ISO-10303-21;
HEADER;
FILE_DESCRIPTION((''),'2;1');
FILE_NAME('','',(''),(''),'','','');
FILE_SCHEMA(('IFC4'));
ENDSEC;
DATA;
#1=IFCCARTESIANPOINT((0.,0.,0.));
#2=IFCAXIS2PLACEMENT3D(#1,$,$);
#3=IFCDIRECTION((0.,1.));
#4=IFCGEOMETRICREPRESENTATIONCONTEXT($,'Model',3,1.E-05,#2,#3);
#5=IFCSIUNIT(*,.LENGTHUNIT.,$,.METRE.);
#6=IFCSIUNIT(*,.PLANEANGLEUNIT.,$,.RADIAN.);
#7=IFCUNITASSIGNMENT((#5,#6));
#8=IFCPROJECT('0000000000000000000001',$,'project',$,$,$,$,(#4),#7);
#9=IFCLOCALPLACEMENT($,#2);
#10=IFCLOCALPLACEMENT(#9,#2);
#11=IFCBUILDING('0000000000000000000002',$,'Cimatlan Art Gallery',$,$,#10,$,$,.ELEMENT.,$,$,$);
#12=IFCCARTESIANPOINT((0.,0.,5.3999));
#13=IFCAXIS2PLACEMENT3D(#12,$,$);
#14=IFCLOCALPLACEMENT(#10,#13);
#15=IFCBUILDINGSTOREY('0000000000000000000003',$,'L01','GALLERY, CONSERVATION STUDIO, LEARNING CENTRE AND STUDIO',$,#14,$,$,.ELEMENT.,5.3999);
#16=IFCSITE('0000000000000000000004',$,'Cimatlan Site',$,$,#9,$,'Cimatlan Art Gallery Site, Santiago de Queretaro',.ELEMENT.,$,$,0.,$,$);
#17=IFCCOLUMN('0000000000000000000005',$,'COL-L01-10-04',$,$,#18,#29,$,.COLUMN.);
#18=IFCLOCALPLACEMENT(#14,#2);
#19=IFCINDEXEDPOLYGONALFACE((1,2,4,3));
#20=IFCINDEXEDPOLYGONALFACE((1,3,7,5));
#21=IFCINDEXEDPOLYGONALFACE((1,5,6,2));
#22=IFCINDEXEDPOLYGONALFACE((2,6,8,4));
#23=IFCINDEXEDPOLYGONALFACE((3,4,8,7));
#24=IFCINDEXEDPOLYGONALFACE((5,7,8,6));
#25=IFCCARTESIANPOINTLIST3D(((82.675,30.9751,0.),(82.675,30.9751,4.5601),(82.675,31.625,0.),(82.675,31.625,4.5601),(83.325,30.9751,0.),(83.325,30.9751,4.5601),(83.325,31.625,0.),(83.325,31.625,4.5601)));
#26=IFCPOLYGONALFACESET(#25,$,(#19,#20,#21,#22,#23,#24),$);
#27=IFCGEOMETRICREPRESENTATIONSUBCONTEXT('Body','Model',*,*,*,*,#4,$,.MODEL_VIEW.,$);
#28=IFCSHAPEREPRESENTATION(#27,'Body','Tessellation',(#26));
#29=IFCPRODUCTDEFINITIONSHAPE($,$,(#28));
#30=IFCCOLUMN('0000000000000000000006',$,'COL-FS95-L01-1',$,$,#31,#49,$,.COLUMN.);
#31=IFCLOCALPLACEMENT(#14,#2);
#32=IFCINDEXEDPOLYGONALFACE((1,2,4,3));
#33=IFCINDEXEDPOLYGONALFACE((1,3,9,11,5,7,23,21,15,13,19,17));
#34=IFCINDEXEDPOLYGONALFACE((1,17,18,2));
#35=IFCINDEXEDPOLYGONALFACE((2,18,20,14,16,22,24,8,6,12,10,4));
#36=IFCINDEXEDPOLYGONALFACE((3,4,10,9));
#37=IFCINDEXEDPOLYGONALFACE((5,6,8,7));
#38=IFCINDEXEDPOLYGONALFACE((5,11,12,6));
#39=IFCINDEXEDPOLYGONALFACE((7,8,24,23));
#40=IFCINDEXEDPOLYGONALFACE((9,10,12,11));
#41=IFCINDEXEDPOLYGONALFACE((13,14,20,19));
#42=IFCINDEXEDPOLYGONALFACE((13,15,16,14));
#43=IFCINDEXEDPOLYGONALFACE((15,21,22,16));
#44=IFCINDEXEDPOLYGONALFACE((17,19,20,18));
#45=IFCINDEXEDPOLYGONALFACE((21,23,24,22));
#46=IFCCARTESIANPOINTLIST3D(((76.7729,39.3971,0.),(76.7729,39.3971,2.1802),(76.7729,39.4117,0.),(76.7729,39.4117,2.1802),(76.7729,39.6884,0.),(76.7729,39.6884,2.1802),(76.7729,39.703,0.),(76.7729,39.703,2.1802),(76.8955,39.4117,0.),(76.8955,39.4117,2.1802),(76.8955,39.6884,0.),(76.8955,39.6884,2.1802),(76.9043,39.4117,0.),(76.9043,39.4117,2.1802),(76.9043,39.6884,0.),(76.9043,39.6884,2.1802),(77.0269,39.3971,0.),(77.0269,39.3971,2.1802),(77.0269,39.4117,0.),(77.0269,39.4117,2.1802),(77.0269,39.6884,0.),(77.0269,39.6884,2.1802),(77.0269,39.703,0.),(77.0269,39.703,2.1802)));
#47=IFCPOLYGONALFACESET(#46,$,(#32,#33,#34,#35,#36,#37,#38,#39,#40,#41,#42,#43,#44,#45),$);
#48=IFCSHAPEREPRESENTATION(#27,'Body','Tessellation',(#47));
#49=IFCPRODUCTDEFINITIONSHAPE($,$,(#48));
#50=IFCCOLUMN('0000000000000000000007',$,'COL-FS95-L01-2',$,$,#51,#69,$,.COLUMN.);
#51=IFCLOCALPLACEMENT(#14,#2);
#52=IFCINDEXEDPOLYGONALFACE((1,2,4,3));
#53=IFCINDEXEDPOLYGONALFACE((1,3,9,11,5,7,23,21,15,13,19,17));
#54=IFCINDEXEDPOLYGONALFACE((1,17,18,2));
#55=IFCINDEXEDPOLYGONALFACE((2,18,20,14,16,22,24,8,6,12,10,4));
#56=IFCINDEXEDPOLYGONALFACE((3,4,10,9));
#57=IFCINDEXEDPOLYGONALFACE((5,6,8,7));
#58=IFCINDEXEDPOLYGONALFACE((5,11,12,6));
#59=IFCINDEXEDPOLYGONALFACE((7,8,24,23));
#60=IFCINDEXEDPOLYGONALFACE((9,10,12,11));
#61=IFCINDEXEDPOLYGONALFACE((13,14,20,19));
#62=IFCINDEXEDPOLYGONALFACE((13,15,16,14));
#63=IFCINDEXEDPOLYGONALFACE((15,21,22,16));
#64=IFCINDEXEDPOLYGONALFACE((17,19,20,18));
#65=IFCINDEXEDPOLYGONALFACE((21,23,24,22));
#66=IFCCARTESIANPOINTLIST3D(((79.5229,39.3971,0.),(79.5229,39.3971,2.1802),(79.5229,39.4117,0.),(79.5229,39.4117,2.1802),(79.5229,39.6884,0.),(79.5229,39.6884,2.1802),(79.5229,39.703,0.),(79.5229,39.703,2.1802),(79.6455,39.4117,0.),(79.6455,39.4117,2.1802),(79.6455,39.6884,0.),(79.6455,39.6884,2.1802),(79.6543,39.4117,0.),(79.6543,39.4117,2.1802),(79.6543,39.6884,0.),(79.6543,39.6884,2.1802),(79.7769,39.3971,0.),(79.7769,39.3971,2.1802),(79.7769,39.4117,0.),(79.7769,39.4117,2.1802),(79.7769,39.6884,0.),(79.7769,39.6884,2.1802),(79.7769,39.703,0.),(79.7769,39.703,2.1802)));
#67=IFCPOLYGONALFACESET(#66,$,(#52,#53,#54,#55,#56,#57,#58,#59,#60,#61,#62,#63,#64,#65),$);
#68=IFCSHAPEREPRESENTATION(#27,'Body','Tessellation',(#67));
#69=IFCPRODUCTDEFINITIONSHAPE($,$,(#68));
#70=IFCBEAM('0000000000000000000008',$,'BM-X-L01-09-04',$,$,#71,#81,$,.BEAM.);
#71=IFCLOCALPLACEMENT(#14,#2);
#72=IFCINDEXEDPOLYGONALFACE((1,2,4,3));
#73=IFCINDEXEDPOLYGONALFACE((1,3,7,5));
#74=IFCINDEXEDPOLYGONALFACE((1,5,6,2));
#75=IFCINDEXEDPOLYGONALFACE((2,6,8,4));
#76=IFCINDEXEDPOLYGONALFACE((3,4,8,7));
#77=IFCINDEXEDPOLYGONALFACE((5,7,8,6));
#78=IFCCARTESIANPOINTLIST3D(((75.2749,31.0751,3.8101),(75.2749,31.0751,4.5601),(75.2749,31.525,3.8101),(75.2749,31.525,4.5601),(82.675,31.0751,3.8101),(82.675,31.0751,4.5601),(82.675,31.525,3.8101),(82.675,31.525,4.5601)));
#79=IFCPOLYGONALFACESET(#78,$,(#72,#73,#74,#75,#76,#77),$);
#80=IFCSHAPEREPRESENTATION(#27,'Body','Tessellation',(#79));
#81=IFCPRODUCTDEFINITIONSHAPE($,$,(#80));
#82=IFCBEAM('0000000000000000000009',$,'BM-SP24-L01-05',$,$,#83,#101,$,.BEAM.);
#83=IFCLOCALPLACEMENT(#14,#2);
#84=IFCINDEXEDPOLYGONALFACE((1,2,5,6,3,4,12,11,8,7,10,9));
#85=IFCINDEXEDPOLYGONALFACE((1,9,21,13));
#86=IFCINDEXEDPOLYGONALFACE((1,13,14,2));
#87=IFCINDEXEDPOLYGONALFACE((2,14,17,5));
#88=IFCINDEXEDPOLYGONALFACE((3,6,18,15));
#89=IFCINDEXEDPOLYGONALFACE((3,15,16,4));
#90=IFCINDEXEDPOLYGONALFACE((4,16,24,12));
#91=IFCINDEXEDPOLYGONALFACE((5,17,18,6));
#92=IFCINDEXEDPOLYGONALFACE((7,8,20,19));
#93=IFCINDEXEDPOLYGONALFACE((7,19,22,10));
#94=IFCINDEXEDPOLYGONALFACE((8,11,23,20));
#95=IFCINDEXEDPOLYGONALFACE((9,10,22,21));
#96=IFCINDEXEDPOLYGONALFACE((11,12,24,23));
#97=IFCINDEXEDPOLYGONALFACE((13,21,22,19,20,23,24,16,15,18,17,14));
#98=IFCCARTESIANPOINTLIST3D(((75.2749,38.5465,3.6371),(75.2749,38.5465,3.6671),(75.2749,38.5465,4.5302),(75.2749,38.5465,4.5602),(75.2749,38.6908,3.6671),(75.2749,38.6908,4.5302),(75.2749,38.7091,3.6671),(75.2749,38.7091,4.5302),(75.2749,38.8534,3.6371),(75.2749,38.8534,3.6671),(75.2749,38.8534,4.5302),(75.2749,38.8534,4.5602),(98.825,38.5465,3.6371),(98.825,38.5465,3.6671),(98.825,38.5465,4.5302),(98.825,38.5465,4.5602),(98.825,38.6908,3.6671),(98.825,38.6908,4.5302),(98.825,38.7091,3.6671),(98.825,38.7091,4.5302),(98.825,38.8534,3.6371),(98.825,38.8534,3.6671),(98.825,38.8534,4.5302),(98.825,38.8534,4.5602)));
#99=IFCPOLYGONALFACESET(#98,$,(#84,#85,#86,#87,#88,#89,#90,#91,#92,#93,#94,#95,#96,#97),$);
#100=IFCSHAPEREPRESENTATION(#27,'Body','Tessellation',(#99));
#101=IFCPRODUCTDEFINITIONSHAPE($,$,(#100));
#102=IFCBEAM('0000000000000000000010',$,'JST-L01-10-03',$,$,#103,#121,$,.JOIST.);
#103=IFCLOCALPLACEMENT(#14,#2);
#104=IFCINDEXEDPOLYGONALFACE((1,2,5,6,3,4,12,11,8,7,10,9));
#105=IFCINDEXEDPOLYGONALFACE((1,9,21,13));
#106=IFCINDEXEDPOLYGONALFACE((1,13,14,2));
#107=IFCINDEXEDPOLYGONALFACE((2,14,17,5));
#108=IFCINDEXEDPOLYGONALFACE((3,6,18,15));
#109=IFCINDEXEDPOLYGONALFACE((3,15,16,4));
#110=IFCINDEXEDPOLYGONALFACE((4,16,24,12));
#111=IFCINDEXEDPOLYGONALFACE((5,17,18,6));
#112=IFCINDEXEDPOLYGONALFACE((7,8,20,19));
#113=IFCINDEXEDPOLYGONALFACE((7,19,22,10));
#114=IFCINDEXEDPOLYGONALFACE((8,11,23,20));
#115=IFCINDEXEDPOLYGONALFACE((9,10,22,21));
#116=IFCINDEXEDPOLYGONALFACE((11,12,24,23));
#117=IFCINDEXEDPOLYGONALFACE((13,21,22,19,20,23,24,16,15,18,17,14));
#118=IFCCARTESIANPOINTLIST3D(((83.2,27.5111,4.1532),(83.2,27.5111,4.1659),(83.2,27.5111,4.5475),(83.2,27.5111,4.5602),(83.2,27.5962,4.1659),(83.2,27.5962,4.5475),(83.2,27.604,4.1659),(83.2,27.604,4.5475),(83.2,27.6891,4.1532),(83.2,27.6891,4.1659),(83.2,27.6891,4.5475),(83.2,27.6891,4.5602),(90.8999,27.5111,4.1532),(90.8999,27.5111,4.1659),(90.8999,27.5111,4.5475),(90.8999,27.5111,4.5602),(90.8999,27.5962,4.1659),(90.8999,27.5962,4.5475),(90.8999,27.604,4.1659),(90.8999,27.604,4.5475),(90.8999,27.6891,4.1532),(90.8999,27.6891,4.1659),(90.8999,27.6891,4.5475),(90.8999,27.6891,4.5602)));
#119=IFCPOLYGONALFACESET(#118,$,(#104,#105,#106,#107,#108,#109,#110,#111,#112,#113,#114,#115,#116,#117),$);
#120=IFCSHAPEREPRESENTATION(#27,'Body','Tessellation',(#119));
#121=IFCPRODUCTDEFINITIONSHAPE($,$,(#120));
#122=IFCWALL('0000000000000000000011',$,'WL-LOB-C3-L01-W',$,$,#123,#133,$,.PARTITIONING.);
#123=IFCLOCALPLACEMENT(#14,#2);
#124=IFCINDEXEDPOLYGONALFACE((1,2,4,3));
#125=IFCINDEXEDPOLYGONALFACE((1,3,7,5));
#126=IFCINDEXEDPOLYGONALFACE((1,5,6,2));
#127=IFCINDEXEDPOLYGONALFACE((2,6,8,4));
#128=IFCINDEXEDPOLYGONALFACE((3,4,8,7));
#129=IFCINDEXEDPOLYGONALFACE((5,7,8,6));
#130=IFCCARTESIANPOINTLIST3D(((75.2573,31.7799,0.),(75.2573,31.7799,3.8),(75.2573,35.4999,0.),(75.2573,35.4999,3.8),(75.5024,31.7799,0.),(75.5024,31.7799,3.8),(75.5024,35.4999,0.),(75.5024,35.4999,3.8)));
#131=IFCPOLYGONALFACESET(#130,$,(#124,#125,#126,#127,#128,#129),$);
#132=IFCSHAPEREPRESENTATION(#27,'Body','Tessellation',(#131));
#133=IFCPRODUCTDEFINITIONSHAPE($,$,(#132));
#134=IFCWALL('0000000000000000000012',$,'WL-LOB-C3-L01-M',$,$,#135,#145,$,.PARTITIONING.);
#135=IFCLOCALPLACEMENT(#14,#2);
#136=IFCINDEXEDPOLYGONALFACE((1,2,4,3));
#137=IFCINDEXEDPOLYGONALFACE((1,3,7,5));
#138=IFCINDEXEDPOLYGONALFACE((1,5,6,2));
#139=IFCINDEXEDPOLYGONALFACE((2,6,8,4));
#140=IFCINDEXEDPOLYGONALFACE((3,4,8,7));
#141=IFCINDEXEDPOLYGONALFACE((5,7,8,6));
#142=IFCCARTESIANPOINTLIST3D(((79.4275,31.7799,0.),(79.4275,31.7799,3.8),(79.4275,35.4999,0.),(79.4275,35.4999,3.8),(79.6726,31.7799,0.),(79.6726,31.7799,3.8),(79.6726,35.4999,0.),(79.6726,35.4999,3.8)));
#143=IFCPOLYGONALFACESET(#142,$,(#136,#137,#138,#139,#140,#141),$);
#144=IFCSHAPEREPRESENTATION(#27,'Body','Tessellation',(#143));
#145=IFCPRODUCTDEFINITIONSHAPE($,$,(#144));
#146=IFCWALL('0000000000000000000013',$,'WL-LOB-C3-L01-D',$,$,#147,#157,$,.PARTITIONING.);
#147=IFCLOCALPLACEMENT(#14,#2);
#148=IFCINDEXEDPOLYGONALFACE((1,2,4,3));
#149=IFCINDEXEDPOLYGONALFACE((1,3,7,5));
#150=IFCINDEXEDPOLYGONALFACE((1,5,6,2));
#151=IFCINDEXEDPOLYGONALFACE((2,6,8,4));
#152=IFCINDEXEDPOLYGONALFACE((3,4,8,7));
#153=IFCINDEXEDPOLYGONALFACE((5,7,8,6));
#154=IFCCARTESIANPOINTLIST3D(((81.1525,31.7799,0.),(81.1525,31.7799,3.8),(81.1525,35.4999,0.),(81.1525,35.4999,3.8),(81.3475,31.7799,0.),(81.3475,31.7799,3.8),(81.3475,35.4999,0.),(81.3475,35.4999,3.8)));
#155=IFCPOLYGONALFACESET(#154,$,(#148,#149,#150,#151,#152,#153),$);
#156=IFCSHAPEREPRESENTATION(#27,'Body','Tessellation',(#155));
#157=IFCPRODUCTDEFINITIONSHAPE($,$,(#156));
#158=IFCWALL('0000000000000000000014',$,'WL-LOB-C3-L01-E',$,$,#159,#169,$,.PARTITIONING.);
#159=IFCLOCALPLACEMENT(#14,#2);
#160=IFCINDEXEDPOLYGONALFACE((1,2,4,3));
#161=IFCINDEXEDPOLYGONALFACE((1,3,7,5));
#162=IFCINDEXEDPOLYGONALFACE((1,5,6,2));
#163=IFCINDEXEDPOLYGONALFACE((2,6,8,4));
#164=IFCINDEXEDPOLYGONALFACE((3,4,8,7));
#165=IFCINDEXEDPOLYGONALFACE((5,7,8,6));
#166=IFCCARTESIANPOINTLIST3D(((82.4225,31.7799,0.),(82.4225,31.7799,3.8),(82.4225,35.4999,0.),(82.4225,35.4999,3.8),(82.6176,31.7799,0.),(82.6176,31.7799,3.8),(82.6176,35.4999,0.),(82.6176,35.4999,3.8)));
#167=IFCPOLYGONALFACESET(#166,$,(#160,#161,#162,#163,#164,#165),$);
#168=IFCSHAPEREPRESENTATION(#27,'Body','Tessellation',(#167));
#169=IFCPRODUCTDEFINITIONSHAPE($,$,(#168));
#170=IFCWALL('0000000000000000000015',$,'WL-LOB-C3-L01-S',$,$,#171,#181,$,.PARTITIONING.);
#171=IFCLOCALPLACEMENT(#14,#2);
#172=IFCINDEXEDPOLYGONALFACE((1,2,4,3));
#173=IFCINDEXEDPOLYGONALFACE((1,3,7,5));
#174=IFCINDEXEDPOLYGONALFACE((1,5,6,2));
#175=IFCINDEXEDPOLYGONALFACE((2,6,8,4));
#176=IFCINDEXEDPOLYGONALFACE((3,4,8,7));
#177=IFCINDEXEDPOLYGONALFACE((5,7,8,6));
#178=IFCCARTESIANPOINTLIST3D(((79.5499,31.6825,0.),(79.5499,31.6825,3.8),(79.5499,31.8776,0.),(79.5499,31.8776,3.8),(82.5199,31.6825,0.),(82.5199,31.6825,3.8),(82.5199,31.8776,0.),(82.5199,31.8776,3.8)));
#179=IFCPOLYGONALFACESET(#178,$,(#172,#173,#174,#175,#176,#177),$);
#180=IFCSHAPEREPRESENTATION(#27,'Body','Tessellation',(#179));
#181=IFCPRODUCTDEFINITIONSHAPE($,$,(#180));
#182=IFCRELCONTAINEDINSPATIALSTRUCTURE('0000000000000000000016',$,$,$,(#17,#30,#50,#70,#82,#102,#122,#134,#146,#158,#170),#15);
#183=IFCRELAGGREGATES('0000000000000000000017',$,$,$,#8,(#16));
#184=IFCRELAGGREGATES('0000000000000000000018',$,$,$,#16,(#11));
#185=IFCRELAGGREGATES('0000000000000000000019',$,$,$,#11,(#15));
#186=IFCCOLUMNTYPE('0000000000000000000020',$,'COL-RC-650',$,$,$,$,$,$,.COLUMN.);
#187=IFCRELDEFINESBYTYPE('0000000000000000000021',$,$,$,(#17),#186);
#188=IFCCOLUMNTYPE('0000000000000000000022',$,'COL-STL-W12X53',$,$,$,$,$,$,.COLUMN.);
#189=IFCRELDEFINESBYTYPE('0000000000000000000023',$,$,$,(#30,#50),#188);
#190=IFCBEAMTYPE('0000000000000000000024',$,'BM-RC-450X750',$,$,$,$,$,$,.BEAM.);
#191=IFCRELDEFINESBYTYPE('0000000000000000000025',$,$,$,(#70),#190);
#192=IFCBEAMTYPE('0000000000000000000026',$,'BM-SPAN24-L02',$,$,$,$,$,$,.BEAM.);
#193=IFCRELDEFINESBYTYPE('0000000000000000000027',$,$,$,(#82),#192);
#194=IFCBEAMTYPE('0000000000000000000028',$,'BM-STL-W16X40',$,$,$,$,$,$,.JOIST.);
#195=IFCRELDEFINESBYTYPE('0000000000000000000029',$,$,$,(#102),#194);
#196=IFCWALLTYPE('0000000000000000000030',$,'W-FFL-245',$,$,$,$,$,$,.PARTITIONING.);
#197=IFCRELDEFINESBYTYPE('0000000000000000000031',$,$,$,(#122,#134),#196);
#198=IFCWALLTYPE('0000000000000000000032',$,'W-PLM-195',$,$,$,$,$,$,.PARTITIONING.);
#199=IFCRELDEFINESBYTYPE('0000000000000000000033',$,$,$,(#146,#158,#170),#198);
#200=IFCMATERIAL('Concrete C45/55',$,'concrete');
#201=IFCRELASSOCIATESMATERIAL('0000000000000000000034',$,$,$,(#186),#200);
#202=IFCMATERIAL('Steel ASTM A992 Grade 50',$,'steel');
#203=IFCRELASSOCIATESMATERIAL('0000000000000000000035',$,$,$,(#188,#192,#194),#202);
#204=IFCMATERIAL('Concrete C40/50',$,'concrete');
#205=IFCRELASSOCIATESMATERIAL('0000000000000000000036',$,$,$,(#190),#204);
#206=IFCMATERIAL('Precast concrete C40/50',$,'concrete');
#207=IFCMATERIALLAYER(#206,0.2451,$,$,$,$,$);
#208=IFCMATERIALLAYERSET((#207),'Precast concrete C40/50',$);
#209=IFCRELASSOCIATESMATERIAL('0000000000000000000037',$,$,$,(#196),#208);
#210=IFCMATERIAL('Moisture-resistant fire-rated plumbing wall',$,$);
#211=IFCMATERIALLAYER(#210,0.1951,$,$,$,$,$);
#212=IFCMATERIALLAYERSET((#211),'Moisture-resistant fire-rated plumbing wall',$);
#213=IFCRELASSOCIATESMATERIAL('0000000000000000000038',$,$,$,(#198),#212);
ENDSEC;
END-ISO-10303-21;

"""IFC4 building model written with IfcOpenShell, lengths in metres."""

from ifc_helpers import new_model, si_unit, direction, frame, frame_2d, origin, origin_2d, place, context, subcontext, project, spatial, rectangle, i_section, extrude, material, layer, layer_set, material_profile, profile_set, type_object, element, save


model = new_model("IFC4")

# Units and contexts
model_context = context("Model", 3, precision=1e-05, world=origin(), true_north=direction((0.0, 1.0)))
body_context = subcontext(model_context, "Body", "Model", "MODEL_VIEW")
ifc_project = project(units=[si_unit("LENGTHUNIT", "METRE"), si_unit("PLANEANGLEUNIT", "RADIAN")], contexts=[model_context])

# Site, building, storey
site_placement = place(None, origin())
site = spatial("IfcSite", under=ifc_project, at=site_placement, Name="Cimatlan Site", LongName="Cimatlan Art Gallery Site, Santiago de Queretaro", CompositionType="ELEMENT", RefElevation=0.0)
building_placement = place(site_placement, origin())
building = spatial("IfcBuilding", under=site, at=building_placement, Name="Cimatlan Art Gallery", CompositionType="ELEMENT")
storey_placement = place(building_placement, frame((0.0, 0.0, 5.3999)))
storey = spatial("IfcBuildingStorey", under=building, at=storey_placement, Name="L01", Description="GALLERY, CONSERVATION STUDIO, LEARNING CENTRE AND STUDIO", CompositionType="ELEMENT", Elevation=5.3999)

# Columns
ifc_material_1 = material(Name="Concrete C45/55", Category="concrete")
ifc_material_profile_1 = material_profile(ifc_material_1, rectangle(XDim=0.6499, YDim=0.6499, at=origin_2d()), Name="RC650X650")
ifc_profile_set_1 = profile_set([ifc_material_profile_1], Name="Concrete C45/55")
column_type_1 = type_object("IfcColumnType", Name="COL-RC-650", PredefinedType="COLUMN", material=ifc_profile_set_1)
column_placement = place(storey_placement, frame((83.0, 31.3, 0.0), z_axis=(0.0, 0.0, 1.0), x_axis=(1.0, 0.0, 0.0)))
element("IfcColumn", 1, at=column_placement, inside=storey, type_object=column_type_1, Name="COL-L01-10-04", PredefinedType="COLUMN", context=body_context, shape_type="SweptSolid", body=[
    extrude(rectangle(XDim=0.6499, YDim=0.6499, at=origin_2d()), origin(), (0.0, 0.0, 1.0), 4.5601),
])
ifc_material_2 = material(Name="Steel ASTM A992 Grade 50", Category="steel")
ifc_material_profile_2 = material_profile(ifc_material_2, i_section(OverallWidth=0.2539, OverallDepth=0.3059, WebThickness=0.0088, FlangeThickness=0.0146, at=origin_2d()), Name="W12X53")
ifc_profile_set_2 = profile_set([ifc_material_profile_2], Name="Steel ASTM A992 Grade 50")
column_type_2 = type_object("IfcColumnType", Name="COL-STL-W12X53", PredefinedType="COLUMN", material=ifc_profile_set_2)
for number, where, z_axis, x_axis, name in (
    (2, (76.8999, 39.55, 0.0), (0.0, 0.0, 1.0), (1.0, 0.0, 0.0), "COL-FS95-L01-1"),
    (3, (79.6499, 39.55, 0.0), (0.0, 0.0, 1.0), (1.0, 0.0, 0.0), "COL-FS95-L01-2"),
):
    element("IfcColumn", number, at=place(storey_placement, frame(where, z_axis=z_axis, x_axis=x_axis)), inside=storey, type_object=column_type_2, Name=name, PredefinedType="COLUMN", context=body_context, shape_type="SweptSolid", body=[
        extrude(i_section(OverallWidth=0.2539, OverallDepth=0.3059, WebThickness=0.0088, FlangeThickness=0.0146, at=origin_2d()), origin(), (0.0, 0.0, 1.0), 2.1802),
    ])

# Beams
ifc_material_3 = material(Name="Concrete C40/50", Category="concrete")
ifc_material_profile_3 = material_profile(ifc_material_3, rectangle(XDim=0.45, YDim=0.75, at=origin_2d()), Name="RC450X750")
ifc_profile_set_3 = profile_set([ifc_material_profile_3], Name="Concrete C40/50")
beam_type_1 = type_object("IfcBeamType", Name="BM-RC-450X750", PredefinedType="BEAM", material=ifc_profile_set_3)
beam_1_placement = place(storey_placement, frame((75.2749, 31.3, 4.1851), z_axis=(1.0, 0.0, 0.0), x_axis=(0.0, 1.0, 0.0)))
element("IfcBeam", 4, at=beam_1_placement, inside=storey, type_object=beam_type_1, Name="BM-X-L01-09-04", PredefinedType="BEAM", context=body_context, shape_type="SweptSolid", body=[
    extrude(rectangle(XDim=0.45, YDim=0.75, at=origin_2d()), origin(), (0.0, 0.0, 1.0), 7.4001),
])
ifc_material_profile_4 = material_profile(ifc_material_2, i_section(OverallWidth=0.3069, OverallDepth=0.9231, WebThickness=0.0183, FlangeThickness=0.03, at=origin_2d()), Name="W36X182")
ifc_profile_set_4 = profile_set([ifc_material_profile_4], Name="Steel ASTM A992 Grade 50")
beam_type_2 = type_object("IfcBeamType", Name="BM-SPAN24-L02", PredefinedType="BEAM", material=ifc_profile_set_4)
beam_2_placement = place(storey_placement, frame((75.2749, 38.7, 4.0986), z_axis=(1.0, 0.0, 0.0), x_axis=(0.0, 1.0, 0.0)))
element("IfcBeam", 5, at=beam_2_placement, inside=storey, type_object=beam_type_2, Name="BM-SP24-L01-05", PredefinedType="BEAM", context=body_context, shape_type="SweptSolid", body=[
    extrude(i_section(OverallWidth=0.3069, OverallDepth=0.9231, WebThickness=0.0183, FlangeThickness=0.03, at=origin_2d()), origin(), (0.0, 0.0, 1.0), 23.55),
])
ifc_material_profile_5 = material_profile(ifc_material_2, i_section(OverallWidth=0.178, OverallDepth=0.407, WebThickness=0.0078, FlangeThickness=0.0127, at=origin_2d()), Name="W16X40")
ifc_profile_set_5 = profile_set([ifc_material_profile_5], Name="Steel ASTM A992 Grade 50")
beam_type_3 = type_object("IfcBeamType", Name="BM-STL-W16X40", PredefinedType="JOIST", material=ifc_profile_set_5)
beam_3_placement = place(storey_placement, frame((83.2, 27.6001, 4.3567), z_axis=(1.0, 0.0, 0.0), x_axis=(0.0, 1.0, 0.0)))
element("IfcBeam", 6, at=beam_3_placement, inside=storey, type_object=beam_type_3, Name="JST-L01-10-03", PredefinedType="JOIST", context=body_context, shape_type="SweptSolid", body=[
    extrude(i_section(OverallWidth=0.178, OverallDepth=0.407, WebThickness=0.0078, FlangeThickness=0.0127, at=origin_2d()), origin(), (0.0, 0.0, 1.0), 7.7),
])

# Shared definitions
ifc_material_4 = material(Name="Precast concrete C40/50", Category="concrete")
ifc_layer_1 = layer(ifc_material_4, 0.2451)
ifc_layer_set_1 = layer_set([ifc_layer_1], Name="Precast concrete C40/50")
wall_type_1 = type_object("IfcWallType", Name="W-FFL-245", PredefinedType="PARTITIONING", material=ifc_layer_set_1)

# Walls
for number, where, z_axis, x_axis, name in (
    (7, (75.3799, 31.78, 0.0), (0.0, 0.0, 1.0), (0.0, 1.0, 0.0), "WL-LOB-C3-L01-W"),
    (8, (79.55, 31.78, 0.0), (0.0, 0.0, 1.0), (0.0, 1.0, 0.0), "WL-LOB-C3-L01-M"),
):
    element("IfcWall", number, at=place(storey_placement, frame(where, z_axis=z_axis, x_axis=x_axis)), inside=storey, type_object=wall_type_1, Name=name, PredefinedType="PARTITIONING", context=body_context, shape_type="SweptSolid", body=[
        extrude(rectangle(XDim=3.72, YDim=0.2451, at=frame_2d((1.8599, 0.0))), origin(), (0.0, 0.0, 1.0), 3.8),
    ])
ifc_material_5 = material(Name="Moisture-resistant fire-rated plumbing wall")
ifc_layer_2 = layer(ifc_material_5, 0.1951)
ifc_layer_set_2 = layer_set([ifc_layer_2], Name="Moisture-resistant fire-rated plumbing wall")
wall_type_2 = type_object("IfcWallType", Name="W-PLM-195", PredefinedType="PARTITIONING", material=ifc_layer_set_2)
for number, where, z_axis, x_axis, name in (
    (9, (81.25, 31.78, 0.0), (0.0, 0.0, 1.0), (0.0, 1.0, 0.0), "WL-LOB-C3-L01-D"),
    (10, (82.52, 31.78, 0.0), (0.0, 0.0, 1.0), (0.0, 1.0, 0.0), "WL-LOB-C3-L01-E"),
):
    element("IfcWall", number, at=place(storey_placement, frame(where, z_axis=z_axis, x_axis=x_axis)), inside=storey, type_object=wall_type_2, Name=name, PredefinedType="PARTITIONING", context=body_context, shape_type="SweptSolid", body=[
        extrude(rectangle(XDim=3.72, YDim=0.1951, at=frame_2d((1.8599, 0.0))), origin(), (0.0, 0.0, 1.0), 3.8),
    ])
wall_1_placement = place(storey_placement, frame((79.55, 31.78, 0.0), z_axis=(0.0, 0.0, 1.0), x_axis=(1.0, 0.0, 0.0)))
element("IfcWall", 11, at=wall_1_placement, inside=storey, type_object=wall_type_2, Name="WL-LOB-C3-L01-S", PredefinedType="PARTITIONING", context=body_context, shape_type="SweptSolid", body=[
    extrude(rectangle(XDim=2.97, YDim=0.1951, at=frame_2d((1.4849, 0.0))), origin(), (0.0, 0.0, 1.0), 3.8),
])

save(model, "model.ifc")
